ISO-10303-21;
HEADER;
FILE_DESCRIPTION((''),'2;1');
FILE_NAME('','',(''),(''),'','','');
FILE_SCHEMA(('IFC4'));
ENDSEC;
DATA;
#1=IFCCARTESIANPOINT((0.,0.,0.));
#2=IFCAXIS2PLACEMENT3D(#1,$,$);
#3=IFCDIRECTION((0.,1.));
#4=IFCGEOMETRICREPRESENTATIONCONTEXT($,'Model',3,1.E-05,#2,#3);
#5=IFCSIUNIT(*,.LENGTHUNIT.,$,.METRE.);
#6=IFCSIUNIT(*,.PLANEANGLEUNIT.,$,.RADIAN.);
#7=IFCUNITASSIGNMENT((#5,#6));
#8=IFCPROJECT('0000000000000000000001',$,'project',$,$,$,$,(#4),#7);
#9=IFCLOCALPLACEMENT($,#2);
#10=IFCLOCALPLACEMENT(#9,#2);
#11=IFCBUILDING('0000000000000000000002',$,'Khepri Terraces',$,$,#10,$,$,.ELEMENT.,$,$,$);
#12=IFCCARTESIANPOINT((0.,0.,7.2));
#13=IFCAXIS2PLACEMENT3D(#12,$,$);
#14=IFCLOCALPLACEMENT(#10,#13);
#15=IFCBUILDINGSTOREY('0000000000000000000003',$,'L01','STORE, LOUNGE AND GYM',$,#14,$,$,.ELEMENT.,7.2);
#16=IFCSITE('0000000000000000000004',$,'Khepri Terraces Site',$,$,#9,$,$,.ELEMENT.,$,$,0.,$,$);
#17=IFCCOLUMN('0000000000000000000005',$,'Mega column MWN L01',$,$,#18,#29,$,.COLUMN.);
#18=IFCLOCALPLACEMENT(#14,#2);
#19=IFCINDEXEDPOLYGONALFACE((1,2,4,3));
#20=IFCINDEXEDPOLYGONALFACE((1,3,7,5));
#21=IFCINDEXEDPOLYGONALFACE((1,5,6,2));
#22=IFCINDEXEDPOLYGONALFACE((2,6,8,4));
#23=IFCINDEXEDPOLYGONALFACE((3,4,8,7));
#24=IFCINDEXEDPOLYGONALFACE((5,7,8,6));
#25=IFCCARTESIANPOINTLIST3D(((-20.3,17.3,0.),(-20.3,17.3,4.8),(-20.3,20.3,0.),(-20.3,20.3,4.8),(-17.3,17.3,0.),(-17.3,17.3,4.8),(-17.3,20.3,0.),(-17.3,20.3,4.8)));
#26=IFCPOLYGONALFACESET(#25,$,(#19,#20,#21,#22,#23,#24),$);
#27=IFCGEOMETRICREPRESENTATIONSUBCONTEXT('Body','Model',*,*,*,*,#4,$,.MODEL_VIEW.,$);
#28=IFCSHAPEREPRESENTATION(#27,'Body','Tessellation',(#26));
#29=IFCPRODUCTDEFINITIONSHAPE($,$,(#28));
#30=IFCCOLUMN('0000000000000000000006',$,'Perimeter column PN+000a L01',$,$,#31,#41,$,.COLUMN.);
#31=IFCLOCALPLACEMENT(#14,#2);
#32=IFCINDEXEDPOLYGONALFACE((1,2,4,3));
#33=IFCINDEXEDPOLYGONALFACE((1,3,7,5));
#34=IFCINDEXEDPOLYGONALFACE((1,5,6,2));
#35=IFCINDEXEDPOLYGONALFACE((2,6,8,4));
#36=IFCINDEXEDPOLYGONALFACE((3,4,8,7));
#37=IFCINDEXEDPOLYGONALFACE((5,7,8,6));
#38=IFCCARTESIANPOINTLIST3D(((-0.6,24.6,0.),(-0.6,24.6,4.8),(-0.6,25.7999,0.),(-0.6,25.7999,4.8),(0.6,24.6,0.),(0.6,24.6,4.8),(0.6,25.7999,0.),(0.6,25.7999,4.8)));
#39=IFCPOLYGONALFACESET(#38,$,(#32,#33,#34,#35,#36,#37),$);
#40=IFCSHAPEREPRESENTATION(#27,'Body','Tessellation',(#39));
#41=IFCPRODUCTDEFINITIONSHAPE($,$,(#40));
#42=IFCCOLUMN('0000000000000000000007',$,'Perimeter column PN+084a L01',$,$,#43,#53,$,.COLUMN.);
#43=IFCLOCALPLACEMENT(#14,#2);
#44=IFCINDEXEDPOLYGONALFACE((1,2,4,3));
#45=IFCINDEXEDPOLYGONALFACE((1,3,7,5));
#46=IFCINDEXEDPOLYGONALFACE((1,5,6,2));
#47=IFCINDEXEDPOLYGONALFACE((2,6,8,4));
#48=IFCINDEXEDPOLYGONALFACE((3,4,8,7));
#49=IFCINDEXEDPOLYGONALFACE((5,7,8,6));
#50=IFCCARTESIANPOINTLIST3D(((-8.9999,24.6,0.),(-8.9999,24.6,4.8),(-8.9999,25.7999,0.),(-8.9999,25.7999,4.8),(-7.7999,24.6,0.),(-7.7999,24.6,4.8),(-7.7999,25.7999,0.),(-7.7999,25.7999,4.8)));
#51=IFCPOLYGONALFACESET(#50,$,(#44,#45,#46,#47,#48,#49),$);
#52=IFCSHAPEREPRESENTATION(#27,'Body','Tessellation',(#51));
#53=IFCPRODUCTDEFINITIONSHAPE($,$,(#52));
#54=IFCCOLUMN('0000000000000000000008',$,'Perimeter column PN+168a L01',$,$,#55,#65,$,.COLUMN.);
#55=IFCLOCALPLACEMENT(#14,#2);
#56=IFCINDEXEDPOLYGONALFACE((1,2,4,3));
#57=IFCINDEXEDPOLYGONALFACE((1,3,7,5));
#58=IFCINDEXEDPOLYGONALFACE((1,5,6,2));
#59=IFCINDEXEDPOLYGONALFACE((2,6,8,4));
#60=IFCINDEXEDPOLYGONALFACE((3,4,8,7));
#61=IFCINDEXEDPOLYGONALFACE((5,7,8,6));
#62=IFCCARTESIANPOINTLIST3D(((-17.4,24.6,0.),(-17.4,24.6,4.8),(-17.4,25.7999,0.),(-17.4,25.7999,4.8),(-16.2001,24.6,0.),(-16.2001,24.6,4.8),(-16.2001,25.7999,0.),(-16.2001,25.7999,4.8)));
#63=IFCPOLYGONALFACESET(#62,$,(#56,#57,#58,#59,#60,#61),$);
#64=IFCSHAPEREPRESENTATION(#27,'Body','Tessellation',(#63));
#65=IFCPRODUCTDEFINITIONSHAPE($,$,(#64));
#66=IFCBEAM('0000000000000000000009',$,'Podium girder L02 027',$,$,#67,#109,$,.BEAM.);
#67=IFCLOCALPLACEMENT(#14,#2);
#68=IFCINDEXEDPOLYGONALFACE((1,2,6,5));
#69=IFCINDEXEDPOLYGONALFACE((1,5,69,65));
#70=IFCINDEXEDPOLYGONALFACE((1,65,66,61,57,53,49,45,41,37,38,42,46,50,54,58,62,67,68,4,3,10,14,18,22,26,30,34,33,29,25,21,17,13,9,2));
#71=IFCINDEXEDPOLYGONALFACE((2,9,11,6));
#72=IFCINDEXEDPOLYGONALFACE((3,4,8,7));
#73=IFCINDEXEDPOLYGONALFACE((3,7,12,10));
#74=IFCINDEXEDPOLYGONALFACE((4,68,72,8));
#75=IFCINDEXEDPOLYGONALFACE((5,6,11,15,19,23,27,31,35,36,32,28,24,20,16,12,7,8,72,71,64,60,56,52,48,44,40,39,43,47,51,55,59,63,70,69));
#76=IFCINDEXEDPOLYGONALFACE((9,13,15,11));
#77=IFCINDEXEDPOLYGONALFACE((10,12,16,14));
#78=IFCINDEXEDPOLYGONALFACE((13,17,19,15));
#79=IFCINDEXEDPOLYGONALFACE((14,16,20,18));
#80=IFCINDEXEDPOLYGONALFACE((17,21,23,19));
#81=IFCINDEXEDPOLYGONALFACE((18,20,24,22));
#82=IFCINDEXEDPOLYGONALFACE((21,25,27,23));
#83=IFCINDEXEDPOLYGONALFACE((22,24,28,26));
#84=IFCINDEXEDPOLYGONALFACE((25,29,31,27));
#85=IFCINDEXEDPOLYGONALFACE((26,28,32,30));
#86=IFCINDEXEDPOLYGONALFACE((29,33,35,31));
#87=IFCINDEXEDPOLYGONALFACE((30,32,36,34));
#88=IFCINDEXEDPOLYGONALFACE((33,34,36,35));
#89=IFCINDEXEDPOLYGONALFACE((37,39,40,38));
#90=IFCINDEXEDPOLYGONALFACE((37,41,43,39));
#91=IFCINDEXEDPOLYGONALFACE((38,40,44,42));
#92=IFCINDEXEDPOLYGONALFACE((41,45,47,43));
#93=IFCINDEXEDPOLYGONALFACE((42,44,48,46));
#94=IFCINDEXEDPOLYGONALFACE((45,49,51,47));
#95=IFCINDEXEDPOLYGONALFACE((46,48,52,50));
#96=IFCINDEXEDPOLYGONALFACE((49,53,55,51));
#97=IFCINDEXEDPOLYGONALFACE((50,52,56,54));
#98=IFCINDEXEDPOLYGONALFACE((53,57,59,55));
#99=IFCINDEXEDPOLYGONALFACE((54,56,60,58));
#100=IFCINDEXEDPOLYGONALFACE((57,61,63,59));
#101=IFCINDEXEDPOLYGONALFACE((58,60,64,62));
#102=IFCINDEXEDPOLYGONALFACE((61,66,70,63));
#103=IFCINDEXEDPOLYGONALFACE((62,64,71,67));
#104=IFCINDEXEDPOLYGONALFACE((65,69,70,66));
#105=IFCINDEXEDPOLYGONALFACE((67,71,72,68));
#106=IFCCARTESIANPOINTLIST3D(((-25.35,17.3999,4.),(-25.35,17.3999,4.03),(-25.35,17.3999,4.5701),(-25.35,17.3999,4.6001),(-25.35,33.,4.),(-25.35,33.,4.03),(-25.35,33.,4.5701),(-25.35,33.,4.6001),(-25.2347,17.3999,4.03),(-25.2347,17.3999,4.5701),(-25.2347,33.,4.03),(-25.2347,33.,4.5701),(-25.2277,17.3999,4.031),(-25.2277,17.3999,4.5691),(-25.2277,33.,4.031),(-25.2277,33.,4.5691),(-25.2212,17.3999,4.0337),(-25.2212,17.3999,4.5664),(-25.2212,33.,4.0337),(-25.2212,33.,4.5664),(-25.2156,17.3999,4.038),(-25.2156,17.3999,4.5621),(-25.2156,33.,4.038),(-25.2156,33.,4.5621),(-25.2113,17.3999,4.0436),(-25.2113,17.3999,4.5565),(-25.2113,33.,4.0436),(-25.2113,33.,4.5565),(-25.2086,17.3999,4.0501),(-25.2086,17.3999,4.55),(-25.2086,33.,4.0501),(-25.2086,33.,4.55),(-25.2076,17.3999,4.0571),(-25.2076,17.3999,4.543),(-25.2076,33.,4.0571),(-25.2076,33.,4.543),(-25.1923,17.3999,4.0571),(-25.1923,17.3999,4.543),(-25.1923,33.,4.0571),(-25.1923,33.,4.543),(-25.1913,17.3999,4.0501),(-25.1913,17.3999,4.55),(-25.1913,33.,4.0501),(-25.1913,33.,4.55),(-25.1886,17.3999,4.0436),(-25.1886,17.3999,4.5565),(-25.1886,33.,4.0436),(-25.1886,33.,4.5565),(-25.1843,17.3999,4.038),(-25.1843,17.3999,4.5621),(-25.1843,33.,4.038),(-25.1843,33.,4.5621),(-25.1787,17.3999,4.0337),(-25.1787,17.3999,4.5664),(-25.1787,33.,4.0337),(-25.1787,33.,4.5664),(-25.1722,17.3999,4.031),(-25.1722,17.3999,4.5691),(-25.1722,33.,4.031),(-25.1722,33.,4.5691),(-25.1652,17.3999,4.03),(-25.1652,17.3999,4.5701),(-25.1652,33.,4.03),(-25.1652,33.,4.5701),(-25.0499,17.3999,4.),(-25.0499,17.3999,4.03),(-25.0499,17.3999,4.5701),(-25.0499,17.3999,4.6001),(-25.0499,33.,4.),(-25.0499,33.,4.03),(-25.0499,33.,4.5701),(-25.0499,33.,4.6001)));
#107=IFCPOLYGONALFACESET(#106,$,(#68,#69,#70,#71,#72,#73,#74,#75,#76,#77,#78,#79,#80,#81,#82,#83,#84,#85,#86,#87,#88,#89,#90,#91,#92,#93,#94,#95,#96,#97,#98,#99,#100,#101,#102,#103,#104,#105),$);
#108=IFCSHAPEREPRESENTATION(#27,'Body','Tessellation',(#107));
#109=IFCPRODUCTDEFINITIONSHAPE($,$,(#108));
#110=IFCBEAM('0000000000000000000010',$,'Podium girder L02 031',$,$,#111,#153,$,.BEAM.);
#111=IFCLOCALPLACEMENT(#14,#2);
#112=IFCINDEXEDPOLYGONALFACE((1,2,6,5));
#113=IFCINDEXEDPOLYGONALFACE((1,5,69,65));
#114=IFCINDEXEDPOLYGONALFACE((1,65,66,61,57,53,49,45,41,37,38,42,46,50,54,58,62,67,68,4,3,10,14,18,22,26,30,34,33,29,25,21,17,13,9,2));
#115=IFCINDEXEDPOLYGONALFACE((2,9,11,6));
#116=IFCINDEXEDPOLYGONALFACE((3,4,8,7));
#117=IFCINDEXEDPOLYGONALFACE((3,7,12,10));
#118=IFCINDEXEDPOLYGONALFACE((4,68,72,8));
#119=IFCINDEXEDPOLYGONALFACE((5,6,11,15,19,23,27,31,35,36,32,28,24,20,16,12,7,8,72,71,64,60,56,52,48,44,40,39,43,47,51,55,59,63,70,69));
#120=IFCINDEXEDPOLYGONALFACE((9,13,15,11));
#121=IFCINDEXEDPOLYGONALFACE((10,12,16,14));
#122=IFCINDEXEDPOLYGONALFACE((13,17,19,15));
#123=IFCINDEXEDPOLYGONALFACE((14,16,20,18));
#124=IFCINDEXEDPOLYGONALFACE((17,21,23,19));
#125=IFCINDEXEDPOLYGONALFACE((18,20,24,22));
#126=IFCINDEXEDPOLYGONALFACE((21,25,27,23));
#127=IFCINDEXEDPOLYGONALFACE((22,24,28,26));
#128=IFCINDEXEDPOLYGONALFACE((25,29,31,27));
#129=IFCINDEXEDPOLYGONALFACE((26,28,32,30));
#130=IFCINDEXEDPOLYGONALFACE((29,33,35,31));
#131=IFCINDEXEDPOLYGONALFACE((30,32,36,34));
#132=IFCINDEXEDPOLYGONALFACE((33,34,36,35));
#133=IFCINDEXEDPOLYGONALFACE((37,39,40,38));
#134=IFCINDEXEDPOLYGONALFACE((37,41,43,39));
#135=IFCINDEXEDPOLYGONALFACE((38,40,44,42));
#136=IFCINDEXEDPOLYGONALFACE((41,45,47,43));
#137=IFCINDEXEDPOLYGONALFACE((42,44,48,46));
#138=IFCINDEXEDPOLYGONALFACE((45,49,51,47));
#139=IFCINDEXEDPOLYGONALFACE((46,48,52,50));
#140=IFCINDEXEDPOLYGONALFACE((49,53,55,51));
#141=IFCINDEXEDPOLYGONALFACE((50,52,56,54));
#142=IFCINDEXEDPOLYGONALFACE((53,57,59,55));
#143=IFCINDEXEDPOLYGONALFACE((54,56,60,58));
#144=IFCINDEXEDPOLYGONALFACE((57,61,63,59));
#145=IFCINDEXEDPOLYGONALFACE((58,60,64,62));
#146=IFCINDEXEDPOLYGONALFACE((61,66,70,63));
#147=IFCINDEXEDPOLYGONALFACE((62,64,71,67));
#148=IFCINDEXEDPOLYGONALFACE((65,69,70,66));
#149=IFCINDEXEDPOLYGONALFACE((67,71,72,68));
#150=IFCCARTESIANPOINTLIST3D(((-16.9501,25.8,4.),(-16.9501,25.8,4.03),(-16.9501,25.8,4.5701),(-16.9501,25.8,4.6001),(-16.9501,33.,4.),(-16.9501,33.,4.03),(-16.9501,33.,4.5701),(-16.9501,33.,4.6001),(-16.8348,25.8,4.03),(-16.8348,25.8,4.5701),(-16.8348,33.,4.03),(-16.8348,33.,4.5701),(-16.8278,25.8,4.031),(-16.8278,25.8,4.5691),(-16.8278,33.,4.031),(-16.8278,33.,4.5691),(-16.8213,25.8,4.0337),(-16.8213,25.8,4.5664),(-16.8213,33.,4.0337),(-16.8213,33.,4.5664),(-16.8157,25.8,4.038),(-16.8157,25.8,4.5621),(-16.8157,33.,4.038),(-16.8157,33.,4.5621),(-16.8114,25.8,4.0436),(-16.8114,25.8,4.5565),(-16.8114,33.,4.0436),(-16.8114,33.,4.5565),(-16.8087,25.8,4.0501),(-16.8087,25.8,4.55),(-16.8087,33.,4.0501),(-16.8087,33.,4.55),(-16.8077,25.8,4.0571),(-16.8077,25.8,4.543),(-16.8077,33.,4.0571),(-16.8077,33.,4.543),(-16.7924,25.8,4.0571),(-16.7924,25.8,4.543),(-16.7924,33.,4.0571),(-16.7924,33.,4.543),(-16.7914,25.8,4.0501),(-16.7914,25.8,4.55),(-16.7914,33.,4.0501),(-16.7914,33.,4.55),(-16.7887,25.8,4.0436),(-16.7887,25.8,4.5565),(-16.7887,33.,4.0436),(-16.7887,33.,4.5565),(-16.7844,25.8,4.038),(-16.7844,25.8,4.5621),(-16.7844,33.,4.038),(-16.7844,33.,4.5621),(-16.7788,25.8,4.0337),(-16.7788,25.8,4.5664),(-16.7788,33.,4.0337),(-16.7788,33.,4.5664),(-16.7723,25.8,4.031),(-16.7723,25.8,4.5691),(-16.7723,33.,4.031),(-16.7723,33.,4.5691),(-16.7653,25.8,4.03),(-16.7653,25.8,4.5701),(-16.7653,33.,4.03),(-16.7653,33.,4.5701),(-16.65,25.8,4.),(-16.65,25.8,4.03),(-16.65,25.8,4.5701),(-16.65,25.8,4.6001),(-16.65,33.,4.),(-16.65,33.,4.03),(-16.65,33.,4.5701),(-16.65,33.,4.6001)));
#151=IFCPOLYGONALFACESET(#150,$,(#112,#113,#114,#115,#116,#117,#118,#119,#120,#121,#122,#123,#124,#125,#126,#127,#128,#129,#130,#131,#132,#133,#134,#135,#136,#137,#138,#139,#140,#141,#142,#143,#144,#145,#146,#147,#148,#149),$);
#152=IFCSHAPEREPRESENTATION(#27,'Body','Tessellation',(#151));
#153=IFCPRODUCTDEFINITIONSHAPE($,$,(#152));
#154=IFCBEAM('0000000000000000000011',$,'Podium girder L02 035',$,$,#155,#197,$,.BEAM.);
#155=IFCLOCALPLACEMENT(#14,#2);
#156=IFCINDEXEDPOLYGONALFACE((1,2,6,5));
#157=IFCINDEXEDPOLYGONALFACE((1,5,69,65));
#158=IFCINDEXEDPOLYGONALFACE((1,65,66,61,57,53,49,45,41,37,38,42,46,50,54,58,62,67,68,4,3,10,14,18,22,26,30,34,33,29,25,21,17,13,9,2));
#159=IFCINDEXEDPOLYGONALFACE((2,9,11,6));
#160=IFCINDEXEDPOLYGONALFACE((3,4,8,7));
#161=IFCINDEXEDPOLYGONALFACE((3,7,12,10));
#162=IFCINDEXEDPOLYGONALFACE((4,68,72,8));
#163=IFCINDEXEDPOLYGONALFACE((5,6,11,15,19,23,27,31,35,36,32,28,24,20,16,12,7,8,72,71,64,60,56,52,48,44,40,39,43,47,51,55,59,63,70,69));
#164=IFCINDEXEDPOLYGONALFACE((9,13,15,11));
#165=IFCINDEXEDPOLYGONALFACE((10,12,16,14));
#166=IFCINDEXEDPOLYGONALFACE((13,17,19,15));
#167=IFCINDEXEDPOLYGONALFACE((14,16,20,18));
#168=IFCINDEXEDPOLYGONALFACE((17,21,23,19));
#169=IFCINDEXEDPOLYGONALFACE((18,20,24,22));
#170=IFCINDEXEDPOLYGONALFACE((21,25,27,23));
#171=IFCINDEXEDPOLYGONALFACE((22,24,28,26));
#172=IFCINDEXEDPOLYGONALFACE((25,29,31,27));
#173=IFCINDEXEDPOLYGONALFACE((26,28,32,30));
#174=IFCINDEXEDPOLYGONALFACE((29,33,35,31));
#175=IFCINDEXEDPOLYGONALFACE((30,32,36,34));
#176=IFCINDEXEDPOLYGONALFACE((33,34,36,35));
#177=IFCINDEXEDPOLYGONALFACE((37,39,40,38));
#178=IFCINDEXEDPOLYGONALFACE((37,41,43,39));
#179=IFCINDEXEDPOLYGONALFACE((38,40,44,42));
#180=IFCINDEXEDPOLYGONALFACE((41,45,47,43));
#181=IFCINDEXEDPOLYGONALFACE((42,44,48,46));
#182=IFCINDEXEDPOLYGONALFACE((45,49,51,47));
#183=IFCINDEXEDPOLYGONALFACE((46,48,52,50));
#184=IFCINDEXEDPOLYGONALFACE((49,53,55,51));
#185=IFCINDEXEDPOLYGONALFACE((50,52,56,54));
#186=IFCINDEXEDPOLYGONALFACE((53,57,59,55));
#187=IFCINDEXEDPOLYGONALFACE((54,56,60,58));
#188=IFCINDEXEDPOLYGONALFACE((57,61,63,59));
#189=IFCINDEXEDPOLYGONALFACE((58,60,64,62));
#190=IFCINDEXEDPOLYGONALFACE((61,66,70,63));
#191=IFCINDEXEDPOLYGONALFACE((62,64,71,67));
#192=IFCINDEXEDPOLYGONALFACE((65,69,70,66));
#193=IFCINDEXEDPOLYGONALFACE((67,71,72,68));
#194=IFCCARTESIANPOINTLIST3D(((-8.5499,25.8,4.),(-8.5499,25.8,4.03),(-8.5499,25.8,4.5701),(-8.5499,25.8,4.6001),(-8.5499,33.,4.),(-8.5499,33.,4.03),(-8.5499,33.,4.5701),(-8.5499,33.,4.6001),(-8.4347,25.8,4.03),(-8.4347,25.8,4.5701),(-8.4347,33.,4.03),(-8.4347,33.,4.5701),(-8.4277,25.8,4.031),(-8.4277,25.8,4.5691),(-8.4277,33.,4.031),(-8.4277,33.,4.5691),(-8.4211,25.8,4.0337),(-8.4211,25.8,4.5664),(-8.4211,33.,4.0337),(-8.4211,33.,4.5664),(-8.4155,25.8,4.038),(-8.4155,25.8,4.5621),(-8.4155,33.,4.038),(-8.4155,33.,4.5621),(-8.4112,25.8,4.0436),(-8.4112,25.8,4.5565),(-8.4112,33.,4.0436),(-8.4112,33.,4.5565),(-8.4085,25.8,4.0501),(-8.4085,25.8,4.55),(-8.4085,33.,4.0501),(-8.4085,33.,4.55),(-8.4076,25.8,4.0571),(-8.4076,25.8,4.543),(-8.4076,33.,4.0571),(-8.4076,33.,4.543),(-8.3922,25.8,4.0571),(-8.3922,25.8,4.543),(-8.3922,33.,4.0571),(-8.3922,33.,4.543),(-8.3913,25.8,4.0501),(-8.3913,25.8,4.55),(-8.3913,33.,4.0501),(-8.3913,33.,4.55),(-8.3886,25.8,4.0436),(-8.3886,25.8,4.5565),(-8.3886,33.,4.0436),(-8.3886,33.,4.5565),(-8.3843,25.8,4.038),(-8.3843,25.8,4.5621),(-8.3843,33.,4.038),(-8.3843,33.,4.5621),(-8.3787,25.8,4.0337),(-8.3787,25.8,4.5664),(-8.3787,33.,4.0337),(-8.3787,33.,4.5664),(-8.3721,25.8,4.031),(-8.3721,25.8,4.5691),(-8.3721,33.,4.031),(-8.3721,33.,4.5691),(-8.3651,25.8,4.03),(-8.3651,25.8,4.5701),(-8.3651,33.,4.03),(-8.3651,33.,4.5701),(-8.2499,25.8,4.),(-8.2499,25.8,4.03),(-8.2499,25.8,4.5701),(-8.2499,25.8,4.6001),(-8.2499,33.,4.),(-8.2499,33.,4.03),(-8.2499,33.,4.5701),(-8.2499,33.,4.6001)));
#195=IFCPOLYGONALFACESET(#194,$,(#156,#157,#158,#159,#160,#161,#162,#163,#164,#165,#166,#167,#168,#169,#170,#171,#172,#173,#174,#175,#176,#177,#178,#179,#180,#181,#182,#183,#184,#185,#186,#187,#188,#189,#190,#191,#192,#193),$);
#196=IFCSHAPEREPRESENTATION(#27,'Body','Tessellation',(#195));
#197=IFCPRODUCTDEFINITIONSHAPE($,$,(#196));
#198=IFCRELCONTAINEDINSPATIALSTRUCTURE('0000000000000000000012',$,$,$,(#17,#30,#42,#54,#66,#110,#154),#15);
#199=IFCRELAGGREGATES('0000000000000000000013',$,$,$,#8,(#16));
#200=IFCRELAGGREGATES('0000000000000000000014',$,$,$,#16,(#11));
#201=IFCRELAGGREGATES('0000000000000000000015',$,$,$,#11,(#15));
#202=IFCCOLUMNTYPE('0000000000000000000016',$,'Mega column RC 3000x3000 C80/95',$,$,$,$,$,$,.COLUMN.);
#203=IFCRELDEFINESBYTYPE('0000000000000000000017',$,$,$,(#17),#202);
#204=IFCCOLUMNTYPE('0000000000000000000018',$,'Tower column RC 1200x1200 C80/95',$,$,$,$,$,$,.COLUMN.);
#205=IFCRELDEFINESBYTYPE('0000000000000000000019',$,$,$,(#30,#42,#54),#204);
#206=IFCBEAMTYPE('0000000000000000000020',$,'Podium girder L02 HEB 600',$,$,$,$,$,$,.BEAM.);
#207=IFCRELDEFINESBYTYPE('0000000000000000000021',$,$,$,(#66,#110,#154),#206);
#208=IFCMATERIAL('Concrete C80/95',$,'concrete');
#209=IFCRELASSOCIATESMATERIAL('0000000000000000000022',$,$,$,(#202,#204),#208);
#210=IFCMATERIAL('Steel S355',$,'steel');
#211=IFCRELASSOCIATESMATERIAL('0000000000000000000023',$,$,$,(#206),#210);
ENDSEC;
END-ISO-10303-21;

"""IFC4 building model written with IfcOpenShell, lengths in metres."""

from ifc_helpers import new_model, si_unit, direction, frame, origin, origin_2d, place, context, subcontext, project, spatial, rectangle, i_section, extrude, material, material_profile, profile_set, type_object, element, save


model = new_model("IFC4")

# Units and contexts
model_context = context("Model", 3, precision=1e-05, world=origin(), true_north=direction((0.0, 1.0)))
body_context = subcontext(model_context, "Body", "Model", "MODEL_VIEW")
ifc_project = project(units=[si_unit("LENGTHUNIT", "METRE"), si_unit("PLANEANGLEUNIT", "RADIAN")], contexts=[model_context])

# Site, building, storey
site_placement = place(None, origin())
site = spatial("IfcSite", under=ifc_project, at=site_placement, Name="Khepri Terraces Site", CompositionType="ELEMENT", RefElevation=0.0)
building_placement = place(site_placement, origin())
building = spatial("IfcBuilding", under=site, at=building_placement, Name="Khepri Terraces", CompositionType="ELEMENT")
storey_placement = place(building_placement, frame((0.0, 0.0, 7.2)))
storey = spatial("IfcBuildingStorey", under=building, at=storey_placement, Name="L01", Description="STORE, LOUNGE AND GYM", CompositionType="ELEMENT", Elevation=7.2)

# Columns
ifc_material_1 = material(Name="Concrete C80/95", Category="concrete")
ifc_material_profile_1 = material_profile(ifc_material_1, rectangle(XDim=3.0, YDim=3.0, at=origin_2d()), Name="Concrete C80/95", Category="concrete")
ifc_profile_set_1 = profile_set([ifc_material_profile_1], Name="Concrete C80/95")
column_type_1 = type_object("IfcColumnType", Name="Mega column RC 3000x3000 C80/95", PredefinedType="COLUMN", material=ifc_profile_set_1)
column_placement = place(storey_placement, frame((-18.8, 18.8, 0.0), z_axis=(0.0, 0.0, 1.0), x_axis=(1.0, 0.0, 0.0)))
element("IfcColumn", 1, at=column_placement, inside=storey, type_object=column_type_1, Name="Mega column MWN L01", PredefinedType="COLUMN", context=body_context, shape_type="SweptSolid", body=[
    extrude(rectangle(XDim=3.0, YDim=3.0, at=origin_2d()), origin(), (0.0, 0.0, 1.0), 4.8),
])
ifc_material_profile_2 = material_profile(ifc_material_1, rectangle(XDim=1.2, YDim=1.2, at=origin_2d()), Name="Concrete C80/95", Category="concrete")
ifc_profile_set_2 = profile_set([ifc_material_profile_2], Name="Concrete C80/95")
column_type_2 = type_object("IfcColumnType", Name="Tower column RC 1200x1200 C80/95", PredefinedType="COLUMN", material=ifc_profile_set_2)
for number, where, z_axis, x_axis, name in (
    (2, (0.0, 25.2, 0.0), (0.0, 0.0, 1.0), (1.0, 0.0, 0.0), "Perimeter column PN+000a L01"),
    (3, (-8.3999, 25.2, 0.0), (0.0, 0.0, 1.0), (1.0, 0.0, 0.0), "Perimeter column PN+084a L01"),
    (4, (-16.8, 25.2, 0.0), (0.0, 0.0, 1.0), (1.0, 0.0, 0.0), "Perimeter column PN+168a L01"),
):
    element("IfcColumn", number, at=place(storey_placement, frame(where, z_axis=z_axis, x_axis=x_axis)), inside=storey, type_object=column_type_2, Name=name, PredefinedType="COLUMN", context=body_context, shape_type="SweptSolid", body=[
        extrude(rectangle(XDim=1.2, YDim=1.2, at=origin_2d()), origin(), (0.0, 0.0, 1.0), 4.8),
    ])

# Beams
ifc_material_2 = material(Name="Steel S355", Category="steel")
ifc_material_profile_3 = material_profile(ifc_material_2, i_section(OverallWidth=0.3, OverallDepth=0.6001, WebThickness=0.0154, FlangeThickness=0.03, FilletRadius=0.0271, at=origin_2d()), Name="Steel S355", Category="steel")
ifc_profile_set_3 = profile_set([ifc_material_profile_3], Name="Steel S355")
beam_type_1 = type_object("IfcBeamType", Name="Podium girder L02 HEB 600", PredefinedType="BEAM", material=ifc_profile_set_3)
beam_1_placement = place(storey_placement, frame((-25.2, 17.3999, 4.3), z_axis=(0.0, 1.0, 0.0), x_axis=(-1.0, 0.0, 0.0)))
element("IfcBeam", 5, at=beam_1_placement, inside=storey, type_object=beam_type_1, Name="Podium girder L02 027", PredefinedType="BEAM", context=body_context, shape_type="SweptSolid", body=[
    extrude(i_section(OverallWidth=0.3, OverallDepth=0.6001, WebThickness=0.0154, FlangeThickness=0.03, FilletRadius=0.0271, at=origin_2d()), origin(), (0.0, 0.0, 1.0), 15.6001),
])
for number, where, z_axis, x_axis, name in (
    (6, (-16.8, 25.8, 4.3), (0.0, 1.0, 0.0), (-1.0, 0.0, 0.0), "Podium girder L02 031"),
    (7, (-8.3999, 25.8, 4.3), (0.0, 1.0, 0.0), (-1.0, 0.0, 0.0), "Podium girder L02 035"),
):
    element("IfcBeam", number, at=place(storey_placement, frame(where, z_axis=z_axis, x_axis=x_axis)), inside=storey, type_object=beam_type_1, Name=name, PredefinedType="BEAM", context=body_context, shape_type="SweptSolid", body=[
        extrude(i_section(OverallWidth=0.3, OverallDepth=0.6001, WebThickness=0.0154, FlangeThickness=0.03, FilletRadius=0.0271, at=origin_2d()), origin(), (0.0, 0.0, 1.0), 7.2),
    ])

save(model, "model.ifc")
